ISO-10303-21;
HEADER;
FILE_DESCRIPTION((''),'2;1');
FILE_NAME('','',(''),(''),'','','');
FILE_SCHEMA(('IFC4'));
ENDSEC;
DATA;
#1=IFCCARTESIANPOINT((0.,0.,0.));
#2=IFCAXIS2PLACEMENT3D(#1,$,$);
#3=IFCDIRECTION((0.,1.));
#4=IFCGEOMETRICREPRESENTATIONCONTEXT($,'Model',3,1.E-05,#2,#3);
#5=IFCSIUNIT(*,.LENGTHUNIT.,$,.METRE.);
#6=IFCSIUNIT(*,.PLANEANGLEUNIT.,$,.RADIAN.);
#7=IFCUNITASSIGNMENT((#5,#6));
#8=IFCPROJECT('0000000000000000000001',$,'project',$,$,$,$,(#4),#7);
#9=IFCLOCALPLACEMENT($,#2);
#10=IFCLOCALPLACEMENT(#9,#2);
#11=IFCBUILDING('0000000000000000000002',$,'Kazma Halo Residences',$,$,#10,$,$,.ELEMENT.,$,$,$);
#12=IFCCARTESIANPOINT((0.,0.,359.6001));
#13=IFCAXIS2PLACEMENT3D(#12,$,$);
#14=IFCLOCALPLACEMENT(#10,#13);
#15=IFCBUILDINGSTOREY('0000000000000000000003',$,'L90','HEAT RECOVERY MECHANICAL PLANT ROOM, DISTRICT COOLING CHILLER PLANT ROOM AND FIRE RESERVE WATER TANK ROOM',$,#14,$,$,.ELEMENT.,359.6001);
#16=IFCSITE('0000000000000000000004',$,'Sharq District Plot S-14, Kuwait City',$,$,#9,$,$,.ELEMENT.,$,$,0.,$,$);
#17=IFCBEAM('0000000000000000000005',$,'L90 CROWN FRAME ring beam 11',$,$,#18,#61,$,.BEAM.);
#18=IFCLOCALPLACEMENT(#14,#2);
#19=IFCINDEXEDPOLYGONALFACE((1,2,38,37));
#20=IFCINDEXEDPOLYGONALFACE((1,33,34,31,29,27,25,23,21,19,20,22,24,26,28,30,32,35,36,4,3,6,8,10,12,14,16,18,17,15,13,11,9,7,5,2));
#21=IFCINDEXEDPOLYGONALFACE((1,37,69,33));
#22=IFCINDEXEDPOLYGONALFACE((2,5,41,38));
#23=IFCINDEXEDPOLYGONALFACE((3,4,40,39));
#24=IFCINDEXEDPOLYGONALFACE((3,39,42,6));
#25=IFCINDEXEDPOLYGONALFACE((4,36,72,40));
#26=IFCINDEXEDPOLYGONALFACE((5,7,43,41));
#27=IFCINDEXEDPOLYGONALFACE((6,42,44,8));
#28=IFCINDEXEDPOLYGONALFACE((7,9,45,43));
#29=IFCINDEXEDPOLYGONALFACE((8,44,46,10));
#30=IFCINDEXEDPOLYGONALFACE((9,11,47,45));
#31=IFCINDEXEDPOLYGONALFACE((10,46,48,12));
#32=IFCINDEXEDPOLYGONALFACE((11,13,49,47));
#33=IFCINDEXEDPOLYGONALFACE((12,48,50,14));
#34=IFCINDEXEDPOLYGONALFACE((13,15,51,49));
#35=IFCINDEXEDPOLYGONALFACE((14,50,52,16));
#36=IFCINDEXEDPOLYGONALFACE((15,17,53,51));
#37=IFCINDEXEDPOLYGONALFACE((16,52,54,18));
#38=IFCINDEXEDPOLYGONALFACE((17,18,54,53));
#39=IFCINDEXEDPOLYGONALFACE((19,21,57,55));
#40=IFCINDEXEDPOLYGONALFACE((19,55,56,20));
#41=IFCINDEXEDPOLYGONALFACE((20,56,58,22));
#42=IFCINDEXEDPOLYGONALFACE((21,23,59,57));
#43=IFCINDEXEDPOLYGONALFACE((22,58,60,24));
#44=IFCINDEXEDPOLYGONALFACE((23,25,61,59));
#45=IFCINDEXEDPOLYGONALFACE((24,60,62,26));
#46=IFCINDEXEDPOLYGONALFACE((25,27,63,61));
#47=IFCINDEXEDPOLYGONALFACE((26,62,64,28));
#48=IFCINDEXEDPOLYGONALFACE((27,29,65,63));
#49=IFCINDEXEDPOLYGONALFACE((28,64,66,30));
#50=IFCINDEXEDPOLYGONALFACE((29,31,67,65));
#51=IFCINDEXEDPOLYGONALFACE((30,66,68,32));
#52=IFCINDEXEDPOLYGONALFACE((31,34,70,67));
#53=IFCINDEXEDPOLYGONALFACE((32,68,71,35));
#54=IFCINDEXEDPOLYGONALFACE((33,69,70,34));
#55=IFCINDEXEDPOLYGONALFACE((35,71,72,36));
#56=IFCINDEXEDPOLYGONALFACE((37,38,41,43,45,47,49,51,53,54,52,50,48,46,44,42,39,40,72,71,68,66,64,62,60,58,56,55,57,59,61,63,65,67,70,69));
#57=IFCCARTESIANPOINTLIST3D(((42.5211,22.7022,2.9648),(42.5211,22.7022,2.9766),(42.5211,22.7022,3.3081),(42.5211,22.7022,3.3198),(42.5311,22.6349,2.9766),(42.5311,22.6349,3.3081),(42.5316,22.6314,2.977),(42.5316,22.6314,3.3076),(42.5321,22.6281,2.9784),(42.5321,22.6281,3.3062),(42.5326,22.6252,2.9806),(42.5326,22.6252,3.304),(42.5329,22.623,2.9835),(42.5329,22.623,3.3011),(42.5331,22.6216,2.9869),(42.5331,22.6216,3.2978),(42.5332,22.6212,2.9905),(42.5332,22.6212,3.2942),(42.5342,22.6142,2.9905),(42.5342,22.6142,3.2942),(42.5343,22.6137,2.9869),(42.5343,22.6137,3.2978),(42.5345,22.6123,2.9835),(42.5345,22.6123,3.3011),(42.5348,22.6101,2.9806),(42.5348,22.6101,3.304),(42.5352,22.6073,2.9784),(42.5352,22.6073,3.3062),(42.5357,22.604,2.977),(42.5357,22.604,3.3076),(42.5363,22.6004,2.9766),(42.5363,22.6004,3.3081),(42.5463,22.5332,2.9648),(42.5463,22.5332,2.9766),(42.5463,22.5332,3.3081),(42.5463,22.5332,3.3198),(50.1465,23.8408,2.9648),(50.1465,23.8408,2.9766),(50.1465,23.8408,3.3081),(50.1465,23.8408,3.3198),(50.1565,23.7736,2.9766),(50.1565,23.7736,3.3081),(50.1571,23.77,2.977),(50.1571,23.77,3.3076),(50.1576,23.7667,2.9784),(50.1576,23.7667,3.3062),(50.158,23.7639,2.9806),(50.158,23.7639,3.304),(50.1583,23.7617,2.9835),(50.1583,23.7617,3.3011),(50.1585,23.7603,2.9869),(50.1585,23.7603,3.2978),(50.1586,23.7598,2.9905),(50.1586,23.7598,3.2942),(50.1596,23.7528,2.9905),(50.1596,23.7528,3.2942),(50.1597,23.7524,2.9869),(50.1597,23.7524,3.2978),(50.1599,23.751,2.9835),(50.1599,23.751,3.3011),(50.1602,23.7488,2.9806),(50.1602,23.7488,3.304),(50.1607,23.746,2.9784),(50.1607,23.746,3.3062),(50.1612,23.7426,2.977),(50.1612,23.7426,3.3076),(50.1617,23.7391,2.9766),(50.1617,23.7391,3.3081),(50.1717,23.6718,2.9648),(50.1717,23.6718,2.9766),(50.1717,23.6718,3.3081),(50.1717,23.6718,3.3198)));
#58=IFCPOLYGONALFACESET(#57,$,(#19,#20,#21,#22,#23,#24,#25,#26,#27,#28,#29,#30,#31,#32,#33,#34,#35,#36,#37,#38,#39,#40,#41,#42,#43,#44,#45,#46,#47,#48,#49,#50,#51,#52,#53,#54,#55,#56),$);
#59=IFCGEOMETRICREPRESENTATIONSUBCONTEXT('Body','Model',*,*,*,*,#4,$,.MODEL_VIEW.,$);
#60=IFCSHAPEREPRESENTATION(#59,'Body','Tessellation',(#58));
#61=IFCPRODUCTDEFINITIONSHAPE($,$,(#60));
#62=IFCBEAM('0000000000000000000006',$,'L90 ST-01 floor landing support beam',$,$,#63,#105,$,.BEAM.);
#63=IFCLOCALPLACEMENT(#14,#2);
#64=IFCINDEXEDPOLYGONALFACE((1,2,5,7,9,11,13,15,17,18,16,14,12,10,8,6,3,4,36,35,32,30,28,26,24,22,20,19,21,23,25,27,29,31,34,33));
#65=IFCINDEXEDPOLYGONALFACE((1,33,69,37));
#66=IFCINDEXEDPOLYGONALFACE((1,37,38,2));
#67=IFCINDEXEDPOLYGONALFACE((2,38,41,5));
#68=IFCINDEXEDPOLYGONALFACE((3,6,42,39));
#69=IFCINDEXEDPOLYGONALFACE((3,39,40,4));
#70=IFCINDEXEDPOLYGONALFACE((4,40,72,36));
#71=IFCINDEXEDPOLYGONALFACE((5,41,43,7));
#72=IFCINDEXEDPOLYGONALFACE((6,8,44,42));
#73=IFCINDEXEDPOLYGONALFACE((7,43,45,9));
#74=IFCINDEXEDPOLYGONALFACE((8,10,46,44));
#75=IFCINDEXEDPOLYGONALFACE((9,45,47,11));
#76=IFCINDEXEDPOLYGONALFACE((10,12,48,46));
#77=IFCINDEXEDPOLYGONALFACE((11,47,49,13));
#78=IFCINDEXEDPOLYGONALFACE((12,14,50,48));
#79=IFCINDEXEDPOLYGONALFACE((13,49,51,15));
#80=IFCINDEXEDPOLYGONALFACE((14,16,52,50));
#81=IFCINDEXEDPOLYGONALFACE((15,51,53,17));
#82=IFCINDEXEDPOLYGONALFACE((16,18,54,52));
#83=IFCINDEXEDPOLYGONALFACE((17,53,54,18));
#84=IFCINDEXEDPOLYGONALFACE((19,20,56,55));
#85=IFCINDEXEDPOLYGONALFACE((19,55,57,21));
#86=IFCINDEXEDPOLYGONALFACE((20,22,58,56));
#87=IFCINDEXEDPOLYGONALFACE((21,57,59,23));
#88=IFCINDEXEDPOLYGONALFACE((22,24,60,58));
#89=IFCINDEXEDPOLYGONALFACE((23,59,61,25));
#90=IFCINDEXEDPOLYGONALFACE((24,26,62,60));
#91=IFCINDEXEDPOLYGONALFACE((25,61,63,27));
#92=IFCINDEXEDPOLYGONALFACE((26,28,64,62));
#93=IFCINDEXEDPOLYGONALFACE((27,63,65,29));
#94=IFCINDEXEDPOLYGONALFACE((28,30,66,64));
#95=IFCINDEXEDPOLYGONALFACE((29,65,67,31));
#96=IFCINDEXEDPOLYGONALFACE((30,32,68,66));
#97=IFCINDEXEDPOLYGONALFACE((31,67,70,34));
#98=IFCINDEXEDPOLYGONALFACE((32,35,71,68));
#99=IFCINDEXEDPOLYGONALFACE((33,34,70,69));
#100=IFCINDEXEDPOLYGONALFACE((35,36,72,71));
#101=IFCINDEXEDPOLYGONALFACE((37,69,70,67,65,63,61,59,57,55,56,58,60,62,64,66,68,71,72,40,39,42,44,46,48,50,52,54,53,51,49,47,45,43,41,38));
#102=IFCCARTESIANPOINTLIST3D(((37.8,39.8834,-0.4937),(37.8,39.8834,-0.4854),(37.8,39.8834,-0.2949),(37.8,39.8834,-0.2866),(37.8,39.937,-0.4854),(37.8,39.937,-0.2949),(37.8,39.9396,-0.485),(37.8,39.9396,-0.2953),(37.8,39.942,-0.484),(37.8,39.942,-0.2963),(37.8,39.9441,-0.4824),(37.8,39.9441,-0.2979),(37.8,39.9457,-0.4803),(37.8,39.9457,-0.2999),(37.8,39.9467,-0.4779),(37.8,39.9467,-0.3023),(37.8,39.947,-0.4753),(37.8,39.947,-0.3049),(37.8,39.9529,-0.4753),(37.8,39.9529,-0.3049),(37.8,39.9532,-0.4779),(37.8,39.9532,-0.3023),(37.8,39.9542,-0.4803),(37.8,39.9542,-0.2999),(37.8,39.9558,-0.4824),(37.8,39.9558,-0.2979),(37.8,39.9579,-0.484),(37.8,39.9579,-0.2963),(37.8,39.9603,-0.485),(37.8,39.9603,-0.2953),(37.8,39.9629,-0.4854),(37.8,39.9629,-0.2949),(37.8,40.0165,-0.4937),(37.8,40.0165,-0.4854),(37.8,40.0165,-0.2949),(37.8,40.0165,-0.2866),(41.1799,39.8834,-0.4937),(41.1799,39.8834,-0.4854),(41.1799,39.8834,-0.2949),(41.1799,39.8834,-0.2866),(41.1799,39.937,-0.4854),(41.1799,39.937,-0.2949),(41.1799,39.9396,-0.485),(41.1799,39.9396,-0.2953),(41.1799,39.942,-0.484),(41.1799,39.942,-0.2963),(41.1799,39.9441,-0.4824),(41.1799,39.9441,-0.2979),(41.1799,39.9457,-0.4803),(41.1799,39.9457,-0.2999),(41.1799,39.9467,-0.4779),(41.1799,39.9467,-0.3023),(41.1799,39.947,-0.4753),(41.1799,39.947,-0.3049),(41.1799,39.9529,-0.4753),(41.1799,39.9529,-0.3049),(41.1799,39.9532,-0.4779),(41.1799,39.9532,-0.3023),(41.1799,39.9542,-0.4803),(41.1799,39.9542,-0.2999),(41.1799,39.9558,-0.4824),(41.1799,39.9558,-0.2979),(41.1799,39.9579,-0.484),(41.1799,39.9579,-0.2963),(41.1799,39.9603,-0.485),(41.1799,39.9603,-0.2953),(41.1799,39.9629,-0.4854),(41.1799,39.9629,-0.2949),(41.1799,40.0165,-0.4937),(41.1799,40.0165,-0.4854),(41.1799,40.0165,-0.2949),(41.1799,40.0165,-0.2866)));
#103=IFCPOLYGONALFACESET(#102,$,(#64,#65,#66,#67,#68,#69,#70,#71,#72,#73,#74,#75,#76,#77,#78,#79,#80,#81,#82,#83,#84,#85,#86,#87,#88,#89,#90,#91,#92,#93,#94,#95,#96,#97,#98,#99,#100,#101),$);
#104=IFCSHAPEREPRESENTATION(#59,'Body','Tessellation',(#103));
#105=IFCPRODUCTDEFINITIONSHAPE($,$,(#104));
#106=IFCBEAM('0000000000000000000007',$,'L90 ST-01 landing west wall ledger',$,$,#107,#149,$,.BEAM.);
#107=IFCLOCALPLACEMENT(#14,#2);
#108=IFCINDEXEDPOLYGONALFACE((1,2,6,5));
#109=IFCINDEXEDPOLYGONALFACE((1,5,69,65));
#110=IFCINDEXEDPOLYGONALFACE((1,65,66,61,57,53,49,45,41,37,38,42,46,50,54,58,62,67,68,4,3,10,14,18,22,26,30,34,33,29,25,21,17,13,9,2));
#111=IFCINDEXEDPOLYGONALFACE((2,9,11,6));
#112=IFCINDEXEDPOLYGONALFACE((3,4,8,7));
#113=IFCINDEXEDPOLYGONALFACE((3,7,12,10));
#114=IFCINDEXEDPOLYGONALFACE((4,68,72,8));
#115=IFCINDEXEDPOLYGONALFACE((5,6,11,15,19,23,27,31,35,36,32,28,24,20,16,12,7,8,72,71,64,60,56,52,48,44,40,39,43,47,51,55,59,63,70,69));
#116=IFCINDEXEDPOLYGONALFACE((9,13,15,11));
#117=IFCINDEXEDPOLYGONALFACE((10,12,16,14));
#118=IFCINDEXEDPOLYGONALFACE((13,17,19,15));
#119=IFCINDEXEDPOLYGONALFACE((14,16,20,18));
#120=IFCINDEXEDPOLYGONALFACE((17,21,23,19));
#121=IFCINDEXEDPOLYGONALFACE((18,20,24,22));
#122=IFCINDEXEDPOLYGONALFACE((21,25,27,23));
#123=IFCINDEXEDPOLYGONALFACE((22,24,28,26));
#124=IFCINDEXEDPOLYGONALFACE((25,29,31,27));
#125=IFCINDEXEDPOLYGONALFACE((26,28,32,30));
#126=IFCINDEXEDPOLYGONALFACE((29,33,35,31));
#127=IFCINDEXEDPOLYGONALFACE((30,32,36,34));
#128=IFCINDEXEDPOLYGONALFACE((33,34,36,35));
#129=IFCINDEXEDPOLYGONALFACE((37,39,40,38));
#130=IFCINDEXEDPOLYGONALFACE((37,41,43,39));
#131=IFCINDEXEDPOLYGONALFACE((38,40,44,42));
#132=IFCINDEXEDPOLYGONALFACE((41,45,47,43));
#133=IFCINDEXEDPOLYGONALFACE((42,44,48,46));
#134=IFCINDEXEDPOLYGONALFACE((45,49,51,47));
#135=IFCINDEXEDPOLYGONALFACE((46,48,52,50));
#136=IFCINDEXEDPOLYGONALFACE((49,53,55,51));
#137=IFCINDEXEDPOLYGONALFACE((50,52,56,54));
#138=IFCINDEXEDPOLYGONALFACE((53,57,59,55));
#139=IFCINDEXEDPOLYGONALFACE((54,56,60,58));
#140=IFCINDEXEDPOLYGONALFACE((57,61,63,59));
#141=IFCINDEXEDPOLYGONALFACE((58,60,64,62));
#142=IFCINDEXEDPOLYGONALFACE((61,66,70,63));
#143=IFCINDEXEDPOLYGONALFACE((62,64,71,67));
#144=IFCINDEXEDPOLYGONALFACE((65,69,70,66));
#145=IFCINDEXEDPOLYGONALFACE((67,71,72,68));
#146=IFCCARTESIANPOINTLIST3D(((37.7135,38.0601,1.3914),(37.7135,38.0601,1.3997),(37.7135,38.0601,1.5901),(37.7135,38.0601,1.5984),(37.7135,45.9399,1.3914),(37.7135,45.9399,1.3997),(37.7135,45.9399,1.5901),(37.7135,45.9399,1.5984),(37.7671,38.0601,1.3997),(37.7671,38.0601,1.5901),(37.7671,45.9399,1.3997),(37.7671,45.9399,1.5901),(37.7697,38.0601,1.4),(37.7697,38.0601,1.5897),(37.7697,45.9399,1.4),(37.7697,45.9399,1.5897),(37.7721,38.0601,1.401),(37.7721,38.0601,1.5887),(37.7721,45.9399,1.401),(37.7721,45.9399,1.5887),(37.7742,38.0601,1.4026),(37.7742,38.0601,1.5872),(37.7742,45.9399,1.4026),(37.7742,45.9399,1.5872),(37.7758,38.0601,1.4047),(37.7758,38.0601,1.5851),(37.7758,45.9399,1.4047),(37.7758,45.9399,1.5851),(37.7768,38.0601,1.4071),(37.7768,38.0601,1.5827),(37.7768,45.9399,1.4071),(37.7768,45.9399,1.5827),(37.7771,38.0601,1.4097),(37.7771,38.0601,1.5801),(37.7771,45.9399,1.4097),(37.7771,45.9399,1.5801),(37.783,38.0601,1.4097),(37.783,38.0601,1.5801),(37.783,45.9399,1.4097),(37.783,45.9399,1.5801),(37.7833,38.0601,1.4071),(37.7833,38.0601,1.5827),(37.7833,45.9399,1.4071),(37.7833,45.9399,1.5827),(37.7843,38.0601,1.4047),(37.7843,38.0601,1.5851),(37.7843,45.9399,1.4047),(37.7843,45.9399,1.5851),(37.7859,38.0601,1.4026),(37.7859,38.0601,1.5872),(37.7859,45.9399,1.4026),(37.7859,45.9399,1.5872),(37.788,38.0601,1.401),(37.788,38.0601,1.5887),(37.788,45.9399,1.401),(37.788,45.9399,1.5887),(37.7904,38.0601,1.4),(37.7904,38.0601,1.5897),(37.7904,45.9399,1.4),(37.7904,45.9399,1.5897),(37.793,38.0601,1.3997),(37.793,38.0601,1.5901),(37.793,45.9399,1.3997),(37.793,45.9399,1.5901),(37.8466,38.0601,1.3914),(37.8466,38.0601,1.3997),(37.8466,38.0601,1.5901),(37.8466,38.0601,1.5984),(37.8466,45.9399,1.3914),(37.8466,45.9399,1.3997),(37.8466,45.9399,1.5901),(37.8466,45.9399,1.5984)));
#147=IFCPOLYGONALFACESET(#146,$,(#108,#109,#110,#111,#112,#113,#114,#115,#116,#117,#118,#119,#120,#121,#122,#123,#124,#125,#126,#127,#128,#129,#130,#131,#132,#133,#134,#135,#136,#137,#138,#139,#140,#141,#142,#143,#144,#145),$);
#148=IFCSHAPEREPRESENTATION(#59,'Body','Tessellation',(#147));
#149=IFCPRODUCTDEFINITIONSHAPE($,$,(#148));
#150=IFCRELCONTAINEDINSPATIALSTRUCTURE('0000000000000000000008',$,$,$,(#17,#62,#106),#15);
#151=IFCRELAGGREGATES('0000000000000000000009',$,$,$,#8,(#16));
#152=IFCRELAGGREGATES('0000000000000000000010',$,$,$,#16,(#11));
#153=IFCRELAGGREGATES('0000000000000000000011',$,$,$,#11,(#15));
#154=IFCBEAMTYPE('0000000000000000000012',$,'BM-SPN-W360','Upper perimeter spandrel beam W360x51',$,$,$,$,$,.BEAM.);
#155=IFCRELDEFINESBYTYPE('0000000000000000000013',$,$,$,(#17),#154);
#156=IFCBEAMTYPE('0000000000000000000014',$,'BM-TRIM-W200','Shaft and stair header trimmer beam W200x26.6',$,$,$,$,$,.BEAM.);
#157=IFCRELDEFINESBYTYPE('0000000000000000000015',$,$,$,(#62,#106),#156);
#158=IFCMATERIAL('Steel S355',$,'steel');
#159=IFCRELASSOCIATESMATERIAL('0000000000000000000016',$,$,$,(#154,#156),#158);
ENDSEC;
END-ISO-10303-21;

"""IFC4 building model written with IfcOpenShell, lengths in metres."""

from ifc_helpers import new_model, si_unit, direction, frame, origin, origin_2d, place, context, subcontext, project, spatial, i_section, extrude, material, material_profile, profile_set, type_object, element, save


model = new_model("IFC4")

# Units and contexts
model_context = context("Model", 3, precision=1e-05, world=origin(), true_north=direction((0.0, 1.0)))
body_context = subcontext(model_context, "Body", "Model", "MODEL_VIEW")
ifc_project = project(units=[si_unit("LENGTHUNIT", "METRE"), si_unit("PLANEANGLEUNIT", "RADIAN")], contexts=[model_context])

# Site, building, storey
site_placement = place(None, origin())
site = spatial("IfcSite", under=ifc_project, at=site_placement, Name="Sharq District Plot S-14, Kuwait City", CompositionType="ELEMENT", RefElevation=0.0)
building_placement = place(site_placement, origin())
building = spatial("IfcBuilding", under=site, at=building_placement, Name="Kazma Halo Residences", CompositionType="ELEMENT")
storey_placement = place(building_placement, frame((0.0, 0.0, 359.6001)))
storey = spatial("IfcBuildingStorey", under=building, at=storey_placement, Name="L90", Description="HEAT RECOVERY MECHANICAL PLANT ROOM, DISTRICT COOLING CHILLER PLANT ROOM AND FIRE RESERVE WATER TANK ROOM", CompositionType="ELEMENT", Elevation=359.6001)

# Shared definitions
ifc_material_1 = material(Name="Steel S355", Category="steel")

# Beams
ifc_material_profile_1 = material_profile(ifc_material_1, i_section(OverallWidth=0.1709, OverallDepth=0.355, WebThickness=0.0071, FlangeThickness=0.0117, FilletRadius=0.0139, at=origin_2d()), Name="W360x51")
ifc_profile_set_1 = profile_set([ifc_material_profile_1], Name="Steel S355")
beam_type_1 = type_object("IfcBeamType", Name="BM-SPN-W360", Description="Upper perimeter spandrel beam W360x51", PredefinedType="BEAM", material=ifc_profile_set_1)
beam_1_placement = place(storey_placement, frame((42.5337, 22.6177, 3.1423), z_axis=(0.989034, 0.147687, 0.0), x_axis=(-0.147687, 0.989034, 0.0)))
element("IfcBeam", 1, at=beam_1_placement, inside=storey, type_object=beam_type_1, Name="L90 CROWN FRAME ring beam 11", PredefinedType="BEAM", context=body_context, shape_type="SweptSolid", body=[
    extrude(i_section(OverallWidth=0.1709, OverallDepth=0.355, WebThickness=0.0071, FlangeThickness=0.0117, FilletRadius=0.0139, at=origin_2d()), origin(), (0.0, 0.0, 1.0), 7.71),
])
ifc_material_profile_2 = material_profile(ifc_material_1, i_section(OverallWidth=0.1331, OverallDepth=0.207, WebThickness=0.0059, FlangeThickness=0.0083, FilletRadius=0.01, at=origin_2d()), Name="W200x26.6")
ifc_profile_set_2 = profile_set([ifc_material_profile_2], Name="Steel S355")
beam_type_2 = type_object("IfcBeamType", Name="BM-TRIM-W200", Description="Shaft and stair header trimmer beam W200x26.6", PredefinedType="BEAM", material=ifc_profile_set_2)
beam_2_placement = place(storey_placement, frame((37.8, 39.95, -0.3901), z_axis=(1.0, 0.0, 0.0), x_axis=(0.0, 1.0, 0.0)))
element("IfcBeam", 2, at=beam_2_placement, inside=storey, type_object=beam_type_2, Name="L90 ST-01 floor landing support beam", PredefinedType="BEAM", context=body_context, shape_type="SweptSolid", body=[
    extrude(i_section(OverallWidth=0.1331, OverallDepth=0.207, WebThickness=0.0059, FlangeThickness=0.0083, FilletRadius=0.01, at=origin_2d()), origin(), (0.0, 0.0, 1.0), 3.3799),
])
beam_3_placement = place(storey_placement, frame((37.78, 38.0601, 1.4949), z_axis=(0.0, 1.0, 0.0), x_axis=(-1.0, 0.0, 0.0)))
element("IfcBeam", 3, at=beam_3_placement, inside=storey, type_object=beam_type_2, Name="L90 ST-01 landing west wall ledger", PredefinedType="BEAM", context=body_context, shape_type="SweptSolid", body=[
    extrude(i_section(OverallWidth=0.1331, OverallDepth=0.207, WebThickness=0.0059, FlangeThickness=0.0083, FilletRadius=0.01, at=origin_2d()), origin(), (0.0, 0.0, 1.0), 7.8799),
])

save(model, "model.ifc")
